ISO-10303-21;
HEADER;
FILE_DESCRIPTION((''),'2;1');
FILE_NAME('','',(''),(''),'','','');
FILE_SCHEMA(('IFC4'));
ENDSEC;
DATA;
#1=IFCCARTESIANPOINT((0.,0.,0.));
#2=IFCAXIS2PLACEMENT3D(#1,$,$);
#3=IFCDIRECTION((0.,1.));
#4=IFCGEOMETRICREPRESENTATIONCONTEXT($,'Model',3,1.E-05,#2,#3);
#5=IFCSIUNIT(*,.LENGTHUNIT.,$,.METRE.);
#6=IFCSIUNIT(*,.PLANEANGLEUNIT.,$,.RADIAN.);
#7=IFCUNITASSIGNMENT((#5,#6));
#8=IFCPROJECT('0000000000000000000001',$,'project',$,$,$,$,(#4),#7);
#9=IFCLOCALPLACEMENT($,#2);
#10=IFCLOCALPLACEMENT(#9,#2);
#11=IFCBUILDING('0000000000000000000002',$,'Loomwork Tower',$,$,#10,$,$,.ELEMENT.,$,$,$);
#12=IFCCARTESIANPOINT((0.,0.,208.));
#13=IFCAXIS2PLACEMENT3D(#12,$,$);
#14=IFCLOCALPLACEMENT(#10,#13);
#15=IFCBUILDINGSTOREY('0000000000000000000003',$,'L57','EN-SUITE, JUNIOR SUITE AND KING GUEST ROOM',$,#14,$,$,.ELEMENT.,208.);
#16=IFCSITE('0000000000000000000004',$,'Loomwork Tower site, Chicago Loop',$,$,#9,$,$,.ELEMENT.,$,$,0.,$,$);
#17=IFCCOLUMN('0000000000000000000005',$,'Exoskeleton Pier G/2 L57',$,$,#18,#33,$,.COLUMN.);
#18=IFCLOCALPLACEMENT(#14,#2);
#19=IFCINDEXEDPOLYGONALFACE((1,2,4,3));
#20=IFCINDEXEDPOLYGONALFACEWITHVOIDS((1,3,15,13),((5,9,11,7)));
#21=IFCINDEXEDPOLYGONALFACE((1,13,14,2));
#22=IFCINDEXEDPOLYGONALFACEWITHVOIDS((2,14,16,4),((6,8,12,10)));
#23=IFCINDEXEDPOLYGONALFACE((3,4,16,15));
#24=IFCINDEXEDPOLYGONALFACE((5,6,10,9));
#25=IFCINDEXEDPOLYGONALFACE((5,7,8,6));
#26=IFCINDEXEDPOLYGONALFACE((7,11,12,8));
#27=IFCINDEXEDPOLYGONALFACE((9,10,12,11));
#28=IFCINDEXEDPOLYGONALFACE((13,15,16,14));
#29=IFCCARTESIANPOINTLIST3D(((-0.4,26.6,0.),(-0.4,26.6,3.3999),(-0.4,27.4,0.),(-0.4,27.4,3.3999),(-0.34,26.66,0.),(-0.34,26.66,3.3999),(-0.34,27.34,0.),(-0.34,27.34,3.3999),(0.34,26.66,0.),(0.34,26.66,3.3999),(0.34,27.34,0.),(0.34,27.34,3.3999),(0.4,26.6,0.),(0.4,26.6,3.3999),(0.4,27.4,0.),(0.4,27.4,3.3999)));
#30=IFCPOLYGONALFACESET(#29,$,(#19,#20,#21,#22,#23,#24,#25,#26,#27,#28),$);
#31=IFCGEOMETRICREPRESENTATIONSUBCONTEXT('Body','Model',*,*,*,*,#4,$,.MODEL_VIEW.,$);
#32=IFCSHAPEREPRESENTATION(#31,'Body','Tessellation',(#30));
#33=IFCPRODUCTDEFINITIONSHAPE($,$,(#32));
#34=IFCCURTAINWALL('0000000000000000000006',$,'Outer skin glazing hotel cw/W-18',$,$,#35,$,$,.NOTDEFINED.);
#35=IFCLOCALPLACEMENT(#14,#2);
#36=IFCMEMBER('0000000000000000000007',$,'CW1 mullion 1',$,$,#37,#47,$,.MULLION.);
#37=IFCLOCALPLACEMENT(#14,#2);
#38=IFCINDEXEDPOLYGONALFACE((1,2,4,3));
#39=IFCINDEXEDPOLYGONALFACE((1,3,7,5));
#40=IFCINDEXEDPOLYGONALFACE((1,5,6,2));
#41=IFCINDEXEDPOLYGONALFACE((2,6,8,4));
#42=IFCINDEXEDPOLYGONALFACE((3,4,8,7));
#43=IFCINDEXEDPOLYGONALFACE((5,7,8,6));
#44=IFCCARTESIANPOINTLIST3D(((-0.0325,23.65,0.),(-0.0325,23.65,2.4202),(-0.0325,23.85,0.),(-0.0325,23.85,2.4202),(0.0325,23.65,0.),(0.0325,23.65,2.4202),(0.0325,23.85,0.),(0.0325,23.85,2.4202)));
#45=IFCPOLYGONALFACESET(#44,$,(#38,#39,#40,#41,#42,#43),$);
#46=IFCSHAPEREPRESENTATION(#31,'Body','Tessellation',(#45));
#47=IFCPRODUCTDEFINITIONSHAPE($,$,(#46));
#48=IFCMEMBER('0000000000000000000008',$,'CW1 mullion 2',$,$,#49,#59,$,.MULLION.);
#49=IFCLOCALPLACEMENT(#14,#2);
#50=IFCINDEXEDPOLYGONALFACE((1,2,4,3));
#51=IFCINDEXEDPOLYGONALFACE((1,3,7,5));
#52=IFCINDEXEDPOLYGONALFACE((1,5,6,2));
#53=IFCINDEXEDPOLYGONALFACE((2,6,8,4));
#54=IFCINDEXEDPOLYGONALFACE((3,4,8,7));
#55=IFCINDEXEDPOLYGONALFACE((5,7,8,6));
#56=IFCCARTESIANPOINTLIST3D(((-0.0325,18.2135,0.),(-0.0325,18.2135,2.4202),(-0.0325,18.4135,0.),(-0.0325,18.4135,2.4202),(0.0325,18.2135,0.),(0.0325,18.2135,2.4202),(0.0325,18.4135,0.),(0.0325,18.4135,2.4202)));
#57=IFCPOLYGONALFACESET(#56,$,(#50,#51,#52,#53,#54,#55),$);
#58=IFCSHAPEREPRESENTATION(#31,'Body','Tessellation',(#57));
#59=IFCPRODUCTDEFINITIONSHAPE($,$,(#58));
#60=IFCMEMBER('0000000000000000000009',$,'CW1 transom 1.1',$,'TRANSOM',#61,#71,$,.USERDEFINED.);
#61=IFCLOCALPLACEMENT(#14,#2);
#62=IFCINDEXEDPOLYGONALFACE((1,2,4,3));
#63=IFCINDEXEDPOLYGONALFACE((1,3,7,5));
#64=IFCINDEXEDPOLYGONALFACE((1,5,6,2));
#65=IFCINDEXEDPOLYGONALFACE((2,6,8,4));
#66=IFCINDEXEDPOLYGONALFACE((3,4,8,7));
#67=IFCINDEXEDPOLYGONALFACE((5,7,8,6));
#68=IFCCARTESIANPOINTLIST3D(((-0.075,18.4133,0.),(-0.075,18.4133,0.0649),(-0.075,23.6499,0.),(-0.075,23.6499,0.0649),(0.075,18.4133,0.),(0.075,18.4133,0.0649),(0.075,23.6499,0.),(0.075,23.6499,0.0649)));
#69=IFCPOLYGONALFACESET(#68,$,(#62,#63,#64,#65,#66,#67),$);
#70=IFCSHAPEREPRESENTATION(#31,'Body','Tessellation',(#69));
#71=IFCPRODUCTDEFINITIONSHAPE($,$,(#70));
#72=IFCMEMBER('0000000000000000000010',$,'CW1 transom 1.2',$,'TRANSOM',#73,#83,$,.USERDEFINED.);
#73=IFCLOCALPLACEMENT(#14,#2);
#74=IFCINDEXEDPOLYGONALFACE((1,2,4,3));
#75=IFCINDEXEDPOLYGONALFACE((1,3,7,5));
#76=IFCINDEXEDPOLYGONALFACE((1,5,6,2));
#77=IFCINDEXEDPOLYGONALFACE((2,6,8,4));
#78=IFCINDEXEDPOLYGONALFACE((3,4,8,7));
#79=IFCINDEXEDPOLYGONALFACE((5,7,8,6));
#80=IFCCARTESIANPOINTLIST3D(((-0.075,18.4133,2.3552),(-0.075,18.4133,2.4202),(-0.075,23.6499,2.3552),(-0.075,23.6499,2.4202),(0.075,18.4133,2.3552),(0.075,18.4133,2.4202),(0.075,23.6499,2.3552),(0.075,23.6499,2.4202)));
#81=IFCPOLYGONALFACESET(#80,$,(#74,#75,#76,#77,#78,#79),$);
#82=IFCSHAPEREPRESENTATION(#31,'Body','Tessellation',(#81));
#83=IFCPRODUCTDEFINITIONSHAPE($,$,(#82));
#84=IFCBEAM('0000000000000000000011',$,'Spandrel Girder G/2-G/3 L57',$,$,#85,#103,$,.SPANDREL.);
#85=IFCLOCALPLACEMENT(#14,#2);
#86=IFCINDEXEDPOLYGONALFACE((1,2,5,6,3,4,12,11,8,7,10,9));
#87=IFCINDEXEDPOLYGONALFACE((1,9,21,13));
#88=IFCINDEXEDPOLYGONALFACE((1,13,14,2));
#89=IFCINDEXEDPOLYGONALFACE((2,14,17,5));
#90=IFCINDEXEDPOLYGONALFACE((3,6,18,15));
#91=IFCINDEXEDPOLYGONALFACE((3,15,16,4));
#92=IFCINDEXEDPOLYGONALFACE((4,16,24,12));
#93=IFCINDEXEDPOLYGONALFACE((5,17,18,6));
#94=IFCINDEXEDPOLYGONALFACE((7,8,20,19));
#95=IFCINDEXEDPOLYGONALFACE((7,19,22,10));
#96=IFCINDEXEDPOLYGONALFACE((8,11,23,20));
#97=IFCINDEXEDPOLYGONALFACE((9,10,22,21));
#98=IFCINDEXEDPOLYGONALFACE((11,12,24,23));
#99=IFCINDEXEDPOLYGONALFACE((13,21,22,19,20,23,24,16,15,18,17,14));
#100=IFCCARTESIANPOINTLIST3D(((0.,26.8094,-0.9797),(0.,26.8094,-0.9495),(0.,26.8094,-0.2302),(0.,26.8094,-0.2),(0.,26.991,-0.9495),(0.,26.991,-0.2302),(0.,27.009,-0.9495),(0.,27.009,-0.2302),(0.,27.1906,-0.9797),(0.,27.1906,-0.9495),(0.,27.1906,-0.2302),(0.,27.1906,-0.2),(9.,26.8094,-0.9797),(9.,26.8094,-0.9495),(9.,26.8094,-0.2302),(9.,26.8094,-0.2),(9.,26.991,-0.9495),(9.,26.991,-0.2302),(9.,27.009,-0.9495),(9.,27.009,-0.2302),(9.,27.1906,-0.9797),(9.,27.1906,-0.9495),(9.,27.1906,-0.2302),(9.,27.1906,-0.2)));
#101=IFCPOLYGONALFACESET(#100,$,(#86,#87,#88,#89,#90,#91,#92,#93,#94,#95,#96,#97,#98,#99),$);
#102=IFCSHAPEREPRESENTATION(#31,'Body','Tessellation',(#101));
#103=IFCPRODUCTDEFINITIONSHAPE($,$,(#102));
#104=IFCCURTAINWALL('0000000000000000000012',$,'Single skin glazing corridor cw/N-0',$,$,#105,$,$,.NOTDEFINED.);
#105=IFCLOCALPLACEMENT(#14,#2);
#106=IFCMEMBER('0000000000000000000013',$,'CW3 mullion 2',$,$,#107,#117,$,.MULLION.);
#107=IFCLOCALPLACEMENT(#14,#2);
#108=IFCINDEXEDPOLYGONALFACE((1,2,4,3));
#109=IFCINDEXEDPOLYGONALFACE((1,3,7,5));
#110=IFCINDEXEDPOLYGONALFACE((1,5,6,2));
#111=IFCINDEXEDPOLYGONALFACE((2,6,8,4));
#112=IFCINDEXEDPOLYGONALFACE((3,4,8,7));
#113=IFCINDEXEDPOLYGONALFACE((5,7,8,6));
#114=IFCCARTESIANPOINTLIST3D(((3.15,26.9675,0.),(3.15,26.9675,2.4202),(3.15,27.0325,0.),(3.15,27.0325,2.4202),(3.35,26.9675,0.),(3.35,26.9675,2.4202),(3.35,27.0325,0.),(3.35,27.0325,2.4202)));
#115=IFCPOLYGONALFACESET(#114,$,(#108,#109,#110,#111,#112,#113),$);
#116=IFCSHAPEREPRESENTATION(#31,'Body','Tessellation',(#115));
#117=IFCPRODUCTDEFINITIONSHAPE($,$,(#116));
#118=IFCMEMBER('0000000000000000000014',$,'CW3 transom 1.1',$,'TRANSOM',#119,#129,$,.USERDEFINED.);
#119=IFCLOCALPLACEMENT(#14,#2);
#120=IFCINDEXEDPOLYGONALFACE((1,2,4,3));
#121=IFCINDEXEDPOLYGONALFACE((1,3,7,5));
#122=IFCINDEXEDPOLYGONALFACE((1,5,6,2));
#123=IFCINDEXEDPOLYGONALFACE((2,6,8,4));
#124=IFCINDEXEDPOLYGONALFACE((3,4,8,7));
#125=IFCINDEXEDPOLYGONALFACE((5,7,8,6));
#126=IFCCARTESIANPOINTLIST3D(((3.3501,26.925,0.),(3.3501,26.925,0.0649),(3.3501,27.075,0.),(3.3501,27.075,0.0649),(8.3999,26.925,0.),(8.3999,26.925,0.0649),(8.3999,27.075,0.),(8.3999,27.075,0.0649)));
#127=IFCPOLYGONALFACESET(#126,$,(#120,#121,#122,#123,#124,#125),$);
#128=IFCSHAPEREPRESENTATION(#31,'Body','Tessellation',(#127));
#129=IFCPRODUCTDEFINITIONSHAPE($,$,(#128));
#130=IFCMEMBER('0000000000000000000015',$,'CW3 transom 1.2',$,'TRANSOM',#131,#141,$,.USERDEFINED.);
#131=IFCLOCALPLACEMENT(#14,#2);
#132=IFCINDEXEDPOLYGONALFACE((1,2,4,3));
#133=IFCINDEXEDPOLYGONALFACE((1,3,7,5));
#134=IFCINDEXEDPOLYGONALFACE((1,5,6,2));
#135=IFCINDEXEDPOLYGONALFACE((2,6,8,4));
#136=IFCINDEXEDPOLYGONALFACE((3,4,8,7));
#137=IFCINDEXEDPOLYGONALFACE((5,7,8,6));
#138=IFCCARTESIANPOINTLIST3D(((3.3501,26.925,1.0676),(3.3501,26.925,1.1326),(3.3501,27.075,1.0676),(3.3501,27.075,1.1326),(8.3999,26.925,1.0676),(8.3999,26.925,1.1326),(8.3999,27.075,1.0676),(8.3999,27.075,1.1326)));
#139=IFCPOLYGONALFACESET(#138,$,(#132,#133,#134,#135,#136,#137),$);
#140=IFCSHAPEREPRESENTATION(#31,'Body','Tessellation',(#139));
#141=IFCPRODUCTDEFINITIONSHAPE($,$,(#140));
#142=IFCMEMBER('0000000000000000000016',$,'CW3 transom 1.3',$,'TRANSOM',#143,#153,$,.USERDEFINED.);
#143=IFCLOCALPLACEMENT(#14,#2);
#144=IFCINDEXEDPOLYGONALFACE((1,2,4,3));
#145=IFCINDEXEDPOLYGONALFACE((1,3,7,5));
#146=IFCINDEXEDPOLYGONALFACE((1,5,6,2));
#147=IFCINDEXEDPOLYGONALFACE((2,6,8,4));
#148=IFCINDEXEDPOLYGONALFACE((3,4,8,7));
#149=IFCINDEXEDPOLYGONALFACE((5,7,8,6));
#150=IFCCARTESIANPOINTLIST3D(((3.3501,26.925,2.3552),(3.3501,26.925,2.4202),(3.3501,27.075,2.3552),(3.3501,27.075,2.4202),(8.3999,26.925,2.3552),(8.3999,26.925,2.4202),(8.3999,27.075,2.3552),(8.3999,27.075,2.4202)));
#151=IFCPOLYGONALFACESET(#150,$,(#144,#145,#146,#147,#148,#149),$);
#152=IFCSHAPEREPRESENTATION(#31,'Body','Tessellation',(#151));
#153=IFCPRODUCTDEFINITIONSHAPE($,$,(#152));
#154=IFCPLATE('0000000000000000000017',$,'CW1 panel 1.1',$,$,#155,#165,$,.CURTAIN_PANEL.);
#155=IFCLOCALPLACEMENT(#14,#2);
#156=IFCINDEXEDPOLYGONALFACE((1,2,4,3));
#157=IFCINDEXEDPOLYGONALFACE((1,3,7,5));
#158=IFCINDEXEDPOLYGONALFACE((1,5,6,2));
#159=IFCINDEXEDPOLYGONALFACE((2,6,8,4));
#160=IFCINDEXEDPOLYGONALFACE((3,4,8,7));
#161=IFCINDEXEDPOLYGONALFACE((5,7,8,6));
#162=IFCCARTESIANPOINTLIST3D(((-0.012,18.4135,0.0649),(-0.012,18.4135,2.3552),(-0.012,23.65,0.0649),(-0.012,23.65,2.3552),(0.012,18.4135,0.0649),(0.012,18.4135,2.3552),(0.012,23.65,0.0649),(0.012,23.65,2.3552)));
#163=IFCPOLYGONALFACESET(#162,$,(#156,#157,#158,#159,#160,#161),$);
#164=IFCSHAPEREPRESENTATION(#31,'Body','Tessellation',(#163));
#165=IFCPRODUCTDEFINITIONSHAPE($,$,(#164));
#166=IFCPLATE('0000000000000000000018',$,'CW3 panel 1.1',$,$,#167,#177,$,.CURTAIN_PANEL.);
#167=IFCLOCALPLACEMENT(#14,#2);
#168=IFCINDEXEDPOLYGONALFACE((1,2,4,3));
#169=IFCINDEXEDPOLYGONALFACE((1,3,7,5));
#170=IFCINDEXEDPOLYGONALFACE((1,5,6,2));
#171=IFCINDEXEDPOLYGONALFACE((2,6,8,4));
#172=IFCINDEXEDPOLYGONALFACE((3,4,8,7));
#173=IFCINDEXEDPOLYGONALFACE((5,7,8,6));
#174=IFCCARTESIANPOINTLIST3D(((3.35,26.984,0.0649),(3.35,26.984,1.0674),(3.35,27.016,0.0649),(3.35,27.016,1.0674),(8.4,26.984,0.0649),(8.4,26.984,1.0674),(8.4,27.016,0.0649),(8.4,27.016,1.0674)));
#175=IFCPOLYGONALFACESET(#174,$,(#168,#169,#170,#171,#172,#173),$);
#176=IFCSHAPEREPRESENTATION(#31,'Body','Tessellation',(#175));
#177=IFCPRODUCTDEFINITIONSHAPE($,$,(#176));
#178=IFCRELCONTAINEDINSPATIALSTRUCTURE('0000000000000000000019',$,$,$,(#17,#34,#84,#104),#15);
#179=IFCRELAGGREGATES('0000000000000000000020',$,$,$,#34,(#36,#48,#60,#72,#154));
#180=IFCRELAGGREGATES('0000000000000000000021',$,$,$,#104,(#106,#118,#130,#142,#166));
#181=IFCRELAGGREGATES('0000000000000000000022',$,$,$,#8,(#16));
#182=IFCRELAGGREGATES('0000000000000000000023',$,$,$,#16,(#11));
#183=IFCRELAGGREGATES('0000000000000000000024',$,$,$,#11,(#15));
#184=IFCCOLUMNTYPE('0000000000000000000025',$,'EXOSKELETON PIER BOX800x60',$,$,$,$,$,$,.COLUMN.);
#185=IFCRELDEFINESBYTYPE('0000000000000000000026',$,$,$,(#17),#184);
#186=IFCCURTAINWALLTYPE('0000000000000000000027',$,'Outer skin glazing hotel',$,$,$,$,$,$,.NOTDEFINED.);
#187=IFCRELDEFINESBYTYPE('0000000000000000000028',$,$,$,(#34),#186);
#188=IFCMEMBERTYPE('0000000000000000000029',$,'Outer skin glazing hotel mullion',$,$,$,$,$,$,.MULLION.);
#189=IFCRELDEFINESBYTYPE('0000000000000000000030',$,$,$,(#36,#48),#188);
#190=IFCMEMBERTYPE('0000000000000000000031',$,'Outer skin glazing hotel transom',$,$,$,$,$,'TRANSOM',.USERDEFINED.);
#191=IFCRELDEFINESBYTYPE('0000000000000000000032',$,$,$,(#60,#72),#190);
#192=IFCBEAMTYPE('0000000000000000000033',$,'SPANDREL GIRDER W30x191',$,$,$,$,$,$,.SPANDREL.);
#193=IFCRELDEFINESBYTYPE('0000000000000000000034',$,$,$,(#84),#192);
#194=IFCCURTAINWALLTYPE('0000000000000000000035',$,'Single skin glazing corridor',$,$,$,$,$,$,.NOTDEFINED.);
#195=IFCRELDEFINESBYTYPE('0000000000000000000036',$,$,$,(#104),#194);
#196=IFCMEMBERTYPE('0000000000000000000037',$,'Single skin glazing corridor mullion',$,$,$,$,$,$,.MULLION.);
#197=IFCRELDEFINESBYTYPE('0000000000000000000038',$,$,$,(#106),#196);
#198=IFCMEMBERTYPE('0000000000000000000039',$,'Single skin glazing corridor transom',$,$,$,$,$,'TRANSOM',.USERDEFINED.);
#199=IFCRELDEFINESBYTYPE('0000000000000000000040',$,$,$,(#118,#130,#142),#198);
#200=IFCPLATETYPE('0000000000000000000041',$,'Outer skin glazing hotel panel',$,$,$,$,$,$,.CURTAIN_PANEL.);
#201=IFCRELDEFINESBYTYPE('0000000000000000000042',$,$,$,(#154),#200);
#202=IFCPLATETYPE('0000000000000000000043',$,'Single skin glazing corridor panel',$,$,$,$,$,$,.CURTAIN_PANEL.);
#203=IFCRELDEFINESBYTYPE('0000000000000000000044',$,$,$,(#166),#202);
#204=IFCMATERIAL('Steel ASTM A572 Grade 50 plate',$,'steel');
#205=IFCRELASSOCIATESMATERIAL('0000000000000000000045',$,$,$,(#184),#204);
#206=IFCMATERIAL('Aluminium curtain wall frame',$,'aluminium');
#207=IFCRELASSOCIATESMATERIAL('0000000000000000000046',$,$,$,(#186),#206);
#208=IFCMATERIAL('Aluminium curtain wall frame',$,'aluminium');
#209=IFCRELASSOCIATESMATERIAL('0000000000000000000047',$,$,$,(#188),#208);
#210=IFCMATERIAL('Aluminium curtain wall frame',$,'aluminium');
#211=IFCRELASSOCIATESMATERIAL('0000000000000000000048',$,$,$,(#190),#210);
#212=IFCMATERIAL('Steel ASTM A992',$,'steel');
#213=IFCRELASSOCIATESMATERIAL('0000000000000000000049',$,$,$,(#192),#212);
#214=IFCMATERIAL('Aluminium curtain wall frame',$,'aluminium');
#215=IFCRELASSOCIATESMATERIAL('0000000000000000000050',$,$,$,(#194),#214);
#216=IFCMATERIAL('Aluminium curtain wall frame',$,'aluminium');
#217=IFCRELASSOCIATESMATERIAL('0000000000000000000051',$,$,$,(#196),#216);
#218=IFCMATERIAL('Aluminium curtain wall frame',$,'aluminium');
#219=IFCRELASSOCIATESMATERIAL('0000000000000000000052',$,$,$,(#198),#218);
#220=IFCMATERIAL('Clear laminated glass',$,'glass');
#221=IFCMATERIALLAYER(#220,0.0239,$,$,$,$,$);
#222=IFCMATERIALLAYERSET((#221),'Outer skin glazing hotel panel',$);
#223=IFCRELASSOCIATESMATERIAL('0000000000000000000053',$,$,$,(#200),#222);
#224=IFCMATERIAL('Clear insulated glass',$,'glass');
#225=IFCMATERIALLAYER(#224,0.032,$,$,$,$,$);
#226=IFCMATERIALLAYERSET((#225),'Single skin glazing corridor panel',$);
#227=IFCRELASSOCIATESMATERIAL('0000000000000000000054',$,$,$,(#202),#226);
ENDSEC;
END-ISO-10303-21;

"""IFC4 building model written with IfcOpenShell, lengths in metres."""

from ifc_helpers import new_model, si_unit, direction, frame, origin, origin_2d, place, context, subcontext, project, spatial, rectangle, hollow_rectangle, i_section, extrude, material, layer, layer_set, material_profile, profile_set, type_object, element, aggregate, save


model = new_model("IFC4")

# Units and contexts
model_context = context("Model", 3, precision=1e-05, world=origin(), true_north=direction((0.0, 1.0)))
body_context = subcontext(model_context, "Body", "Model", "MODEL_VIEW")
ifc_project = project(units=[si_unit("LENGTHUNIT", "METRE"), si_unit("PLANEANGLEUNIT", "RADIAN")], contexts=[model_context])

# Site, building, storey
site_placement = place(None, origin())
site = spatial("IfcSite", under=ifc_project, at=site_placement, Name="Loomwork Tower site, Chicago Loop", CompositionType="ELEMENT", RefElevation=0.0)
building_placement = place(site_placement, origin())
building = spatial("IfcBuilding", under=site, at=building_placement, Name="Loomwork Tower", CompositionType="ELEMENT")
storey_placement = place(building_placement, frame((0.0, 0.0, 208.0)))
storey = spatial("IfcBuildingStorey", under=building, at=storey_placement, Name="L57", Description="EN-SUITE, JUNIOR SUITE AND KING GUEST ROOM", CompositionType="ELEMENT", Elevation=208.0)

# Column
ifc_material_1 = material(Name="Steel ASTM A572 Grade 50 plate", Category="steel")
ifc_material_profile_1 = material_profile(ifc_material_1, hollow_rectangle(XDim=0.8, YDim=0.8, WallThickness=0.0601, at=origin_2d()), Name="BOX800x60")
ifc_profile_set_1 = profile_set([ifc_material_profile_1], Name="Steel ASTM A572 Grade 50 plate")
column_type = type_object("IfcColumnType", Name="EXOSKELETON PIER BOX800x60", PredefinedType="COLUMN", material=ifc_profile_set_1)
column_placement = place(storey_placement, frame((0.0, 27.0, 0.0), z_axis=(0.0, 0.0, 1.0), x_axis=(0.0, 1.0, 0.0)))
element("IfcColumn", 1, at=column_placement, inside=storey, type_object=column_type, Name="Exoskeleton Pier G/2 L57", PredefinedType="COLUMN", context=body_context, shape_type="SweptSolid", body=[
    extrude(hollow_rectangle(XDim=0.8, YDim=0.8, WallThickness=0.0601, at=origin_2d()), origin(), (0.0, 0.0, 1.0), 3.3999),
])

# Curtain wall, members
ifc_material_2 = material(Name="Aluminium curtain wall frame", Category="aluminium")
curtain_wall_type_1 = type_object("IfcCurtainWallType", Name="Outer skin glazing hotel", PredefinedType="NOTDEFINED", material=ifc_material_2)
curtain_wall_1_placement = place(storey_placement, origin())
curtain_wall_1 = element("IfcCurtainWall", 2, at=curtain_wall_1_placement, inside=storey, type_object=curtain_wall_type_1, Name="Outer skin glazing hotel cw/W-18", PredefinedType="NOTDEFINED")
ifc_material_3 = material(Name="Aluminium curtain wall frame", Category="aluminium")
ifc_material_profile_2 = material_profile(ifc_material_3, rectangle(XDim=0.0649, YDim=0.2, at=origin_2d()), Name="AL 65x200")
ifc_profile_set_2 = profile_set([ifc_material_profile_2], Name="Aluminium curtain wall frame")
member_type_1 = type_object("IfcMemberType", Name="Outer skin glazing hotel mullion", PredefinedType="MULLION", material=ifc_profile_set_2)
member_1_placement = place(storey_placement, frame((0.0, 23.75, 0.0), z_axis=(0.0, 0.0, 1.0), x_axis=(1.0, 0.0, 0.0)))
member_1 = element("IfcMember", 3, at=member_1_placement, type_object=member_type_1, Name="CW1 mullion 1", PredefinedType="MULLION", context=body_context, shape_type="SweptSolid", body=[
    extrude(rectangle(XDim=0.0649, YDim=0.2, at=origin_2d()), origin(), (0.0, 0.0, 1.0), 2.4202),
])
member_2_placement = place(storey_placement, frame((0.0, 18.3135, 0.0), z_axis=(0.0, 0.0, 1.0), x_axis=(1.0, 0.0, 0.0)))
member_2 = element("IfcMember", 4, at=member_2_placement, type_object=member_type_1, Name="CW1 mullion 2", PredefinedType="MULLION", context=body_context, shape_type="SweptSolid", body=[
    extrude(rectangle(XDim=0.0649, YDim=0.2, at=origin_2d()), origin(), (0.0, 0.0, 1.0), 2.4202),
])
ifc_material_4 = material(Name="Aluminium curtain wall frame", Category="aluminium")
ifc_material_profile_3 = material_profile(ifc_material_4, rectangle(XDim=0.1499, YDim=0.0649, at=origin_2d()), Name="AL 65x150")
ifc_profile_set_3 = profile_set([ifc_material_profile_3], Name="Aluminium curtain wall frame")
member_type_2 = type_object("IfcMemberType", Name="Outer skin glazing hotel transom", ElementType="TRANSOM", PredefinedType="USERDEFINED", material=ifc_profile_set_3)
member_3_placement = place(storey_placement, frame((0.0, 23.6499, 0.0325), z_axis=(0.0, -1.0, 0.0), x_axis=(1.0, 0.0, 0.0)))
member_3 = element("IfcMember", 5, at=member_3_placement, type_object=member_type_2, Name="CW1 transom 1.1", ObjectType="TRANSOM", PredefinedType="USERDEFINED", context=body_context, shape_type="SweptSolid", body=[
    extrude(rectangle(XDim=0.1499, YDim=0.0649, at=origin_2d()), origin(), (0.0, 0.0, 1.0), 5.2366),
])
member_4_placement = place(storey_placement, frame((0.0, 23.6499, 2.3877), z_axis=(0.0, -1.0, 0.0), x_axis=(1.0, 0.0, 0.0)))
member_4 = element("IfcMember", 6, at=member_4_placement, type_object=member_type_2, Name="CW1 transom 1.2", ObjectType="TRANSOM", PredefinedType="USERDEFINED", context=body_context, shape_type="SweptSolid", body=[
    extrude(rectangle(XDim=0.1499, YDim=0.0649, at=origin_2d()), origin(), (0.0, 0.0, 1.0), 5.2366),
])

# Beam
ifc_material_5 = material(Name="Steel ASTM A992", Category="steel")
ifc_material_profile_4 = material_profile(ifc_material_5, i_section(OverallWidth=0.3811, OverallDepth=0.7798, WebThickness=0.0181, FlangeThickness=0.0303, at=origin_2d()), Name="W30x191")
ifc_profile_set_4 = profile_set([ifc_material_profile_4], Name="Steel ASTM A992")
beam_type = type_object("IfcBeamType", Name="SPANDREL GIRDER W30x191", PredefinedType="SPANDREL", material=ifc_profile_set_4)
beam_placement = place(storey_placement, frame((0.0, 27.0, -0.5898), z_axis=(1.0, 0.0, 0.0), x_axis=(0.0, 1.0, 0.0)))
element("IfcBeam", 7, at=beam_placement, inside=storey, type_object=beam_type, Name="Spandrel Girder G/2-G/3 L57", PredefinedType="SPANDREL", context=body_context, shape_type="SweptSolid", body=[
    extrude(i_section(OverallWidth=0.3811, OverallDepth=0.7798, WebThickness=0.0181, FlangeThickness=0.0303, at=origin_2d()), origin(), (0.0, 0.0, 1.0), 9.0),
])

# Curtain wall, members
ifc_material_6 = material(Name="Aluminium curtain wall frame", Category="aluminium")
curtain_wall_type_2 = type_object("IfcCurtainWallType", Name="Single skin glazing corridor", PredefinedType="NOTDEFINED", material=ifc_material_6)
curtain_wall_2_placement = place(storey_placement, origin())
curtain_wall_2 = element("IfcCurtainWall", 8, at=curtain_wall_2_placement, inside=storey, type_object=curtain_wall_type_2, Name="Single skin glazing corridor cw/N-0", PredefinedType="NOTDEFINED")
ifc_material_7 = material(Name="Aluminium curtain wall frame", Category="aluminium")
ifc_material_profile_5 = material_profile(ifc_material_7, rectangle(XDim=0.0649, YDim=0.2, at=origin_2d()), Name="AL 65x200")
ifc_profile_set_5 = profile_set([ifc_material_profile_5], Name="Aluminium curtain wall frame")
member_type_3 = type_object("IfcMemberType", Name="Single skin glazing corridor mullion", PredefinedType="MULLION", material=ifc_profile_set_5)
member_5_placement = place(storey_placement, frame((3.25, 27.0, 0.0), z_axis=(0.0, 0.0, 1.0), x_axis=(0.0, -1.0, 0.0)))
member_5 = element("IfcMember", 9, at=member_5_placement, type_object=member_type_3, Name="CW3 mullion 2", PredefinedType="MULLION", context=body_context, shape_type="SweptSolid", body=[
    extrude(rectangle(XDim=0.0649, YDim=0.2, at=origin_2d()), origin(), (0.0, 0.0, 1.0), 2.4202),
])
ifc_material_8 = material(Name="Aluminium curtain wall frame", Category="aluminium")
ifc_material_profile_6 = material_profile(ifc_material_8, rectangle(XDim=0.1499, YDim=0.0649, at=origin_2d()), Name="AL 65x150")
ifc_profile_set_6 = profile_set([ifc_material_profile_6], Name="Aluminium curtain wall frame")
member_type_4 = type_object("IfcMemberType", Name="Single skin glazing corridor transom", ElementType="TRANSOM", PredefinedType="USERDEFINED", material=ifc_profile_set_6)
member_6_placement = place(storey_placement, frame((8.3999, 27.0, 0.0325), z_axis=(-1.0, 0.0, 0.0), x_axis=(0.0, -1.0, 0.0)))
member_6 = element("IfcMember", 10, at=member_6_placement, type_object=member_type_4, Name="CW3 transom 1.1", ObjectType="TRANSOM", PredefinedType="USERDEFINED", context=body_context, shape_type="SweptSolid", body=[
    extrude(rectangle(XDim=0.1499, YDim=0.0649, at=origin_2d()), origin(), (0.0, 0.0, 1.0), 5.0498),
])
member_7_placement = place(storey_placement, frame((8.3999, 27.0, 1.1001), z_axis=(-1.0, 0.0, 0.0), x_axis=(0.0, -1.0, 0.0)))
member_7 = element("IfcMember", 11, at=member_7_placement, type_object=member_type_4, Name="CW3 transom 1.2", ObjectType="TRANSOM", PredefinedType="USERDEFINED", context=body_context, shape_type="SweptSolid", body=[
    extrude(rectangle(XDim=0.1499, YDim=0.0649, at=origin_2d()), origin(), (0.0, 0.0, 1.0), 5.0498),
])
member_8_placement = place(storey_placement, frame((8.3999, 27.0, 2.3877), z_axis=(-1.0, 0.0, 0.0), x_axis=(0.0, -1.0, 0.0)))
member_8 = element("IfcMember", 12, at=member_8_placement, type_object=member_type_4, Name="CW3 transom 1.3", ObjectType="TRANSOM", PredefinedType="USERDEFINED", context=body_context, shape_type="SweptSolid", body=[
    extrude(rectangle(XDim=0.1499, YDim=0.0649, at=origin_2d()), origin(), (0.0, 0.0, 1.0), 5.0498),
])

# Plates
ifc_material_9 = material(Name="Clear laminated glass", Category="glass")
ifc_layer_1 = layer(ifc_material_9, 0.0239)
ifc_layer_set_1 = layer_set([ifc_layer_1], Name="Outer skin glazing hotel panel")
plate_type_1 = type_object("IfcPlateType", Name="Outer skin glazing hotel panel", PredefinedType="CURTAIN_PANEL", material=ifc_layer_set_1)
plate_1_placement = place(storey_placement, frame((0.0, 21.0317, 0.0649), z_axis=(0.0, 0.0, 1.0), x_axis=(0.0, -1.0, 0.0)))
plate_1 = element("IfcPlate", 13, at=plate_1_placement, type_object=plate_type_1, Name="CW1 panel 1.1", PredefinedType="CURTAIN_PANEL", context=body_context, shape_type="SweptSolid", body=[
    extrude(rectangle(XDim=5.2366, YDim=0.0239, at=origin_2d()), origin(), (0.0, 0.0, 1.0), 2.2903),
])
aggregate(curtain_wall_1, [member_1, member_2, member_3, member_4, plate_1])
ifc_material_10 = material(Name="Clear insulated glass", Category="glass")
ifc_layer_2 = layer(ifc_material_10, 0.032)
ifc_layer_set_2 = layer_set([ifc_layer_2], Name="Single skin glazing corridor panel")
plate_type_2 = type_object("IfcPlateType", Name="Single skin glazing corridor panel", PredefinedType="CURTAIN_PANEL", material=ifc_layer_set_2)
plate_2_placement = place(storey_placement, frame((5.875, 27.0, 0.0649), z_axis=(0.0, 0.0, 1.0), x_axis=(-1.0, 0.0, 0.0)))
plate_2 = element("IfcPlate", 14, at=plate_2_placement, type_object=plate_type_2, Name="CW3 panel 1.1", PredefinedType="CURTAIN_PANEL", context=body_context, shape_type="SweptSolid", body=[
    extrude(rectangle(XDim=5.05, YDim=0.032, at=origin_2d()), origin(), (0.0, 0.0, 1.0), 1.0024),
])
aggregate(curtain_wall_2, [member_5, member_6, member_7, member_8, plate_2])

save(model, "model.ifc")
